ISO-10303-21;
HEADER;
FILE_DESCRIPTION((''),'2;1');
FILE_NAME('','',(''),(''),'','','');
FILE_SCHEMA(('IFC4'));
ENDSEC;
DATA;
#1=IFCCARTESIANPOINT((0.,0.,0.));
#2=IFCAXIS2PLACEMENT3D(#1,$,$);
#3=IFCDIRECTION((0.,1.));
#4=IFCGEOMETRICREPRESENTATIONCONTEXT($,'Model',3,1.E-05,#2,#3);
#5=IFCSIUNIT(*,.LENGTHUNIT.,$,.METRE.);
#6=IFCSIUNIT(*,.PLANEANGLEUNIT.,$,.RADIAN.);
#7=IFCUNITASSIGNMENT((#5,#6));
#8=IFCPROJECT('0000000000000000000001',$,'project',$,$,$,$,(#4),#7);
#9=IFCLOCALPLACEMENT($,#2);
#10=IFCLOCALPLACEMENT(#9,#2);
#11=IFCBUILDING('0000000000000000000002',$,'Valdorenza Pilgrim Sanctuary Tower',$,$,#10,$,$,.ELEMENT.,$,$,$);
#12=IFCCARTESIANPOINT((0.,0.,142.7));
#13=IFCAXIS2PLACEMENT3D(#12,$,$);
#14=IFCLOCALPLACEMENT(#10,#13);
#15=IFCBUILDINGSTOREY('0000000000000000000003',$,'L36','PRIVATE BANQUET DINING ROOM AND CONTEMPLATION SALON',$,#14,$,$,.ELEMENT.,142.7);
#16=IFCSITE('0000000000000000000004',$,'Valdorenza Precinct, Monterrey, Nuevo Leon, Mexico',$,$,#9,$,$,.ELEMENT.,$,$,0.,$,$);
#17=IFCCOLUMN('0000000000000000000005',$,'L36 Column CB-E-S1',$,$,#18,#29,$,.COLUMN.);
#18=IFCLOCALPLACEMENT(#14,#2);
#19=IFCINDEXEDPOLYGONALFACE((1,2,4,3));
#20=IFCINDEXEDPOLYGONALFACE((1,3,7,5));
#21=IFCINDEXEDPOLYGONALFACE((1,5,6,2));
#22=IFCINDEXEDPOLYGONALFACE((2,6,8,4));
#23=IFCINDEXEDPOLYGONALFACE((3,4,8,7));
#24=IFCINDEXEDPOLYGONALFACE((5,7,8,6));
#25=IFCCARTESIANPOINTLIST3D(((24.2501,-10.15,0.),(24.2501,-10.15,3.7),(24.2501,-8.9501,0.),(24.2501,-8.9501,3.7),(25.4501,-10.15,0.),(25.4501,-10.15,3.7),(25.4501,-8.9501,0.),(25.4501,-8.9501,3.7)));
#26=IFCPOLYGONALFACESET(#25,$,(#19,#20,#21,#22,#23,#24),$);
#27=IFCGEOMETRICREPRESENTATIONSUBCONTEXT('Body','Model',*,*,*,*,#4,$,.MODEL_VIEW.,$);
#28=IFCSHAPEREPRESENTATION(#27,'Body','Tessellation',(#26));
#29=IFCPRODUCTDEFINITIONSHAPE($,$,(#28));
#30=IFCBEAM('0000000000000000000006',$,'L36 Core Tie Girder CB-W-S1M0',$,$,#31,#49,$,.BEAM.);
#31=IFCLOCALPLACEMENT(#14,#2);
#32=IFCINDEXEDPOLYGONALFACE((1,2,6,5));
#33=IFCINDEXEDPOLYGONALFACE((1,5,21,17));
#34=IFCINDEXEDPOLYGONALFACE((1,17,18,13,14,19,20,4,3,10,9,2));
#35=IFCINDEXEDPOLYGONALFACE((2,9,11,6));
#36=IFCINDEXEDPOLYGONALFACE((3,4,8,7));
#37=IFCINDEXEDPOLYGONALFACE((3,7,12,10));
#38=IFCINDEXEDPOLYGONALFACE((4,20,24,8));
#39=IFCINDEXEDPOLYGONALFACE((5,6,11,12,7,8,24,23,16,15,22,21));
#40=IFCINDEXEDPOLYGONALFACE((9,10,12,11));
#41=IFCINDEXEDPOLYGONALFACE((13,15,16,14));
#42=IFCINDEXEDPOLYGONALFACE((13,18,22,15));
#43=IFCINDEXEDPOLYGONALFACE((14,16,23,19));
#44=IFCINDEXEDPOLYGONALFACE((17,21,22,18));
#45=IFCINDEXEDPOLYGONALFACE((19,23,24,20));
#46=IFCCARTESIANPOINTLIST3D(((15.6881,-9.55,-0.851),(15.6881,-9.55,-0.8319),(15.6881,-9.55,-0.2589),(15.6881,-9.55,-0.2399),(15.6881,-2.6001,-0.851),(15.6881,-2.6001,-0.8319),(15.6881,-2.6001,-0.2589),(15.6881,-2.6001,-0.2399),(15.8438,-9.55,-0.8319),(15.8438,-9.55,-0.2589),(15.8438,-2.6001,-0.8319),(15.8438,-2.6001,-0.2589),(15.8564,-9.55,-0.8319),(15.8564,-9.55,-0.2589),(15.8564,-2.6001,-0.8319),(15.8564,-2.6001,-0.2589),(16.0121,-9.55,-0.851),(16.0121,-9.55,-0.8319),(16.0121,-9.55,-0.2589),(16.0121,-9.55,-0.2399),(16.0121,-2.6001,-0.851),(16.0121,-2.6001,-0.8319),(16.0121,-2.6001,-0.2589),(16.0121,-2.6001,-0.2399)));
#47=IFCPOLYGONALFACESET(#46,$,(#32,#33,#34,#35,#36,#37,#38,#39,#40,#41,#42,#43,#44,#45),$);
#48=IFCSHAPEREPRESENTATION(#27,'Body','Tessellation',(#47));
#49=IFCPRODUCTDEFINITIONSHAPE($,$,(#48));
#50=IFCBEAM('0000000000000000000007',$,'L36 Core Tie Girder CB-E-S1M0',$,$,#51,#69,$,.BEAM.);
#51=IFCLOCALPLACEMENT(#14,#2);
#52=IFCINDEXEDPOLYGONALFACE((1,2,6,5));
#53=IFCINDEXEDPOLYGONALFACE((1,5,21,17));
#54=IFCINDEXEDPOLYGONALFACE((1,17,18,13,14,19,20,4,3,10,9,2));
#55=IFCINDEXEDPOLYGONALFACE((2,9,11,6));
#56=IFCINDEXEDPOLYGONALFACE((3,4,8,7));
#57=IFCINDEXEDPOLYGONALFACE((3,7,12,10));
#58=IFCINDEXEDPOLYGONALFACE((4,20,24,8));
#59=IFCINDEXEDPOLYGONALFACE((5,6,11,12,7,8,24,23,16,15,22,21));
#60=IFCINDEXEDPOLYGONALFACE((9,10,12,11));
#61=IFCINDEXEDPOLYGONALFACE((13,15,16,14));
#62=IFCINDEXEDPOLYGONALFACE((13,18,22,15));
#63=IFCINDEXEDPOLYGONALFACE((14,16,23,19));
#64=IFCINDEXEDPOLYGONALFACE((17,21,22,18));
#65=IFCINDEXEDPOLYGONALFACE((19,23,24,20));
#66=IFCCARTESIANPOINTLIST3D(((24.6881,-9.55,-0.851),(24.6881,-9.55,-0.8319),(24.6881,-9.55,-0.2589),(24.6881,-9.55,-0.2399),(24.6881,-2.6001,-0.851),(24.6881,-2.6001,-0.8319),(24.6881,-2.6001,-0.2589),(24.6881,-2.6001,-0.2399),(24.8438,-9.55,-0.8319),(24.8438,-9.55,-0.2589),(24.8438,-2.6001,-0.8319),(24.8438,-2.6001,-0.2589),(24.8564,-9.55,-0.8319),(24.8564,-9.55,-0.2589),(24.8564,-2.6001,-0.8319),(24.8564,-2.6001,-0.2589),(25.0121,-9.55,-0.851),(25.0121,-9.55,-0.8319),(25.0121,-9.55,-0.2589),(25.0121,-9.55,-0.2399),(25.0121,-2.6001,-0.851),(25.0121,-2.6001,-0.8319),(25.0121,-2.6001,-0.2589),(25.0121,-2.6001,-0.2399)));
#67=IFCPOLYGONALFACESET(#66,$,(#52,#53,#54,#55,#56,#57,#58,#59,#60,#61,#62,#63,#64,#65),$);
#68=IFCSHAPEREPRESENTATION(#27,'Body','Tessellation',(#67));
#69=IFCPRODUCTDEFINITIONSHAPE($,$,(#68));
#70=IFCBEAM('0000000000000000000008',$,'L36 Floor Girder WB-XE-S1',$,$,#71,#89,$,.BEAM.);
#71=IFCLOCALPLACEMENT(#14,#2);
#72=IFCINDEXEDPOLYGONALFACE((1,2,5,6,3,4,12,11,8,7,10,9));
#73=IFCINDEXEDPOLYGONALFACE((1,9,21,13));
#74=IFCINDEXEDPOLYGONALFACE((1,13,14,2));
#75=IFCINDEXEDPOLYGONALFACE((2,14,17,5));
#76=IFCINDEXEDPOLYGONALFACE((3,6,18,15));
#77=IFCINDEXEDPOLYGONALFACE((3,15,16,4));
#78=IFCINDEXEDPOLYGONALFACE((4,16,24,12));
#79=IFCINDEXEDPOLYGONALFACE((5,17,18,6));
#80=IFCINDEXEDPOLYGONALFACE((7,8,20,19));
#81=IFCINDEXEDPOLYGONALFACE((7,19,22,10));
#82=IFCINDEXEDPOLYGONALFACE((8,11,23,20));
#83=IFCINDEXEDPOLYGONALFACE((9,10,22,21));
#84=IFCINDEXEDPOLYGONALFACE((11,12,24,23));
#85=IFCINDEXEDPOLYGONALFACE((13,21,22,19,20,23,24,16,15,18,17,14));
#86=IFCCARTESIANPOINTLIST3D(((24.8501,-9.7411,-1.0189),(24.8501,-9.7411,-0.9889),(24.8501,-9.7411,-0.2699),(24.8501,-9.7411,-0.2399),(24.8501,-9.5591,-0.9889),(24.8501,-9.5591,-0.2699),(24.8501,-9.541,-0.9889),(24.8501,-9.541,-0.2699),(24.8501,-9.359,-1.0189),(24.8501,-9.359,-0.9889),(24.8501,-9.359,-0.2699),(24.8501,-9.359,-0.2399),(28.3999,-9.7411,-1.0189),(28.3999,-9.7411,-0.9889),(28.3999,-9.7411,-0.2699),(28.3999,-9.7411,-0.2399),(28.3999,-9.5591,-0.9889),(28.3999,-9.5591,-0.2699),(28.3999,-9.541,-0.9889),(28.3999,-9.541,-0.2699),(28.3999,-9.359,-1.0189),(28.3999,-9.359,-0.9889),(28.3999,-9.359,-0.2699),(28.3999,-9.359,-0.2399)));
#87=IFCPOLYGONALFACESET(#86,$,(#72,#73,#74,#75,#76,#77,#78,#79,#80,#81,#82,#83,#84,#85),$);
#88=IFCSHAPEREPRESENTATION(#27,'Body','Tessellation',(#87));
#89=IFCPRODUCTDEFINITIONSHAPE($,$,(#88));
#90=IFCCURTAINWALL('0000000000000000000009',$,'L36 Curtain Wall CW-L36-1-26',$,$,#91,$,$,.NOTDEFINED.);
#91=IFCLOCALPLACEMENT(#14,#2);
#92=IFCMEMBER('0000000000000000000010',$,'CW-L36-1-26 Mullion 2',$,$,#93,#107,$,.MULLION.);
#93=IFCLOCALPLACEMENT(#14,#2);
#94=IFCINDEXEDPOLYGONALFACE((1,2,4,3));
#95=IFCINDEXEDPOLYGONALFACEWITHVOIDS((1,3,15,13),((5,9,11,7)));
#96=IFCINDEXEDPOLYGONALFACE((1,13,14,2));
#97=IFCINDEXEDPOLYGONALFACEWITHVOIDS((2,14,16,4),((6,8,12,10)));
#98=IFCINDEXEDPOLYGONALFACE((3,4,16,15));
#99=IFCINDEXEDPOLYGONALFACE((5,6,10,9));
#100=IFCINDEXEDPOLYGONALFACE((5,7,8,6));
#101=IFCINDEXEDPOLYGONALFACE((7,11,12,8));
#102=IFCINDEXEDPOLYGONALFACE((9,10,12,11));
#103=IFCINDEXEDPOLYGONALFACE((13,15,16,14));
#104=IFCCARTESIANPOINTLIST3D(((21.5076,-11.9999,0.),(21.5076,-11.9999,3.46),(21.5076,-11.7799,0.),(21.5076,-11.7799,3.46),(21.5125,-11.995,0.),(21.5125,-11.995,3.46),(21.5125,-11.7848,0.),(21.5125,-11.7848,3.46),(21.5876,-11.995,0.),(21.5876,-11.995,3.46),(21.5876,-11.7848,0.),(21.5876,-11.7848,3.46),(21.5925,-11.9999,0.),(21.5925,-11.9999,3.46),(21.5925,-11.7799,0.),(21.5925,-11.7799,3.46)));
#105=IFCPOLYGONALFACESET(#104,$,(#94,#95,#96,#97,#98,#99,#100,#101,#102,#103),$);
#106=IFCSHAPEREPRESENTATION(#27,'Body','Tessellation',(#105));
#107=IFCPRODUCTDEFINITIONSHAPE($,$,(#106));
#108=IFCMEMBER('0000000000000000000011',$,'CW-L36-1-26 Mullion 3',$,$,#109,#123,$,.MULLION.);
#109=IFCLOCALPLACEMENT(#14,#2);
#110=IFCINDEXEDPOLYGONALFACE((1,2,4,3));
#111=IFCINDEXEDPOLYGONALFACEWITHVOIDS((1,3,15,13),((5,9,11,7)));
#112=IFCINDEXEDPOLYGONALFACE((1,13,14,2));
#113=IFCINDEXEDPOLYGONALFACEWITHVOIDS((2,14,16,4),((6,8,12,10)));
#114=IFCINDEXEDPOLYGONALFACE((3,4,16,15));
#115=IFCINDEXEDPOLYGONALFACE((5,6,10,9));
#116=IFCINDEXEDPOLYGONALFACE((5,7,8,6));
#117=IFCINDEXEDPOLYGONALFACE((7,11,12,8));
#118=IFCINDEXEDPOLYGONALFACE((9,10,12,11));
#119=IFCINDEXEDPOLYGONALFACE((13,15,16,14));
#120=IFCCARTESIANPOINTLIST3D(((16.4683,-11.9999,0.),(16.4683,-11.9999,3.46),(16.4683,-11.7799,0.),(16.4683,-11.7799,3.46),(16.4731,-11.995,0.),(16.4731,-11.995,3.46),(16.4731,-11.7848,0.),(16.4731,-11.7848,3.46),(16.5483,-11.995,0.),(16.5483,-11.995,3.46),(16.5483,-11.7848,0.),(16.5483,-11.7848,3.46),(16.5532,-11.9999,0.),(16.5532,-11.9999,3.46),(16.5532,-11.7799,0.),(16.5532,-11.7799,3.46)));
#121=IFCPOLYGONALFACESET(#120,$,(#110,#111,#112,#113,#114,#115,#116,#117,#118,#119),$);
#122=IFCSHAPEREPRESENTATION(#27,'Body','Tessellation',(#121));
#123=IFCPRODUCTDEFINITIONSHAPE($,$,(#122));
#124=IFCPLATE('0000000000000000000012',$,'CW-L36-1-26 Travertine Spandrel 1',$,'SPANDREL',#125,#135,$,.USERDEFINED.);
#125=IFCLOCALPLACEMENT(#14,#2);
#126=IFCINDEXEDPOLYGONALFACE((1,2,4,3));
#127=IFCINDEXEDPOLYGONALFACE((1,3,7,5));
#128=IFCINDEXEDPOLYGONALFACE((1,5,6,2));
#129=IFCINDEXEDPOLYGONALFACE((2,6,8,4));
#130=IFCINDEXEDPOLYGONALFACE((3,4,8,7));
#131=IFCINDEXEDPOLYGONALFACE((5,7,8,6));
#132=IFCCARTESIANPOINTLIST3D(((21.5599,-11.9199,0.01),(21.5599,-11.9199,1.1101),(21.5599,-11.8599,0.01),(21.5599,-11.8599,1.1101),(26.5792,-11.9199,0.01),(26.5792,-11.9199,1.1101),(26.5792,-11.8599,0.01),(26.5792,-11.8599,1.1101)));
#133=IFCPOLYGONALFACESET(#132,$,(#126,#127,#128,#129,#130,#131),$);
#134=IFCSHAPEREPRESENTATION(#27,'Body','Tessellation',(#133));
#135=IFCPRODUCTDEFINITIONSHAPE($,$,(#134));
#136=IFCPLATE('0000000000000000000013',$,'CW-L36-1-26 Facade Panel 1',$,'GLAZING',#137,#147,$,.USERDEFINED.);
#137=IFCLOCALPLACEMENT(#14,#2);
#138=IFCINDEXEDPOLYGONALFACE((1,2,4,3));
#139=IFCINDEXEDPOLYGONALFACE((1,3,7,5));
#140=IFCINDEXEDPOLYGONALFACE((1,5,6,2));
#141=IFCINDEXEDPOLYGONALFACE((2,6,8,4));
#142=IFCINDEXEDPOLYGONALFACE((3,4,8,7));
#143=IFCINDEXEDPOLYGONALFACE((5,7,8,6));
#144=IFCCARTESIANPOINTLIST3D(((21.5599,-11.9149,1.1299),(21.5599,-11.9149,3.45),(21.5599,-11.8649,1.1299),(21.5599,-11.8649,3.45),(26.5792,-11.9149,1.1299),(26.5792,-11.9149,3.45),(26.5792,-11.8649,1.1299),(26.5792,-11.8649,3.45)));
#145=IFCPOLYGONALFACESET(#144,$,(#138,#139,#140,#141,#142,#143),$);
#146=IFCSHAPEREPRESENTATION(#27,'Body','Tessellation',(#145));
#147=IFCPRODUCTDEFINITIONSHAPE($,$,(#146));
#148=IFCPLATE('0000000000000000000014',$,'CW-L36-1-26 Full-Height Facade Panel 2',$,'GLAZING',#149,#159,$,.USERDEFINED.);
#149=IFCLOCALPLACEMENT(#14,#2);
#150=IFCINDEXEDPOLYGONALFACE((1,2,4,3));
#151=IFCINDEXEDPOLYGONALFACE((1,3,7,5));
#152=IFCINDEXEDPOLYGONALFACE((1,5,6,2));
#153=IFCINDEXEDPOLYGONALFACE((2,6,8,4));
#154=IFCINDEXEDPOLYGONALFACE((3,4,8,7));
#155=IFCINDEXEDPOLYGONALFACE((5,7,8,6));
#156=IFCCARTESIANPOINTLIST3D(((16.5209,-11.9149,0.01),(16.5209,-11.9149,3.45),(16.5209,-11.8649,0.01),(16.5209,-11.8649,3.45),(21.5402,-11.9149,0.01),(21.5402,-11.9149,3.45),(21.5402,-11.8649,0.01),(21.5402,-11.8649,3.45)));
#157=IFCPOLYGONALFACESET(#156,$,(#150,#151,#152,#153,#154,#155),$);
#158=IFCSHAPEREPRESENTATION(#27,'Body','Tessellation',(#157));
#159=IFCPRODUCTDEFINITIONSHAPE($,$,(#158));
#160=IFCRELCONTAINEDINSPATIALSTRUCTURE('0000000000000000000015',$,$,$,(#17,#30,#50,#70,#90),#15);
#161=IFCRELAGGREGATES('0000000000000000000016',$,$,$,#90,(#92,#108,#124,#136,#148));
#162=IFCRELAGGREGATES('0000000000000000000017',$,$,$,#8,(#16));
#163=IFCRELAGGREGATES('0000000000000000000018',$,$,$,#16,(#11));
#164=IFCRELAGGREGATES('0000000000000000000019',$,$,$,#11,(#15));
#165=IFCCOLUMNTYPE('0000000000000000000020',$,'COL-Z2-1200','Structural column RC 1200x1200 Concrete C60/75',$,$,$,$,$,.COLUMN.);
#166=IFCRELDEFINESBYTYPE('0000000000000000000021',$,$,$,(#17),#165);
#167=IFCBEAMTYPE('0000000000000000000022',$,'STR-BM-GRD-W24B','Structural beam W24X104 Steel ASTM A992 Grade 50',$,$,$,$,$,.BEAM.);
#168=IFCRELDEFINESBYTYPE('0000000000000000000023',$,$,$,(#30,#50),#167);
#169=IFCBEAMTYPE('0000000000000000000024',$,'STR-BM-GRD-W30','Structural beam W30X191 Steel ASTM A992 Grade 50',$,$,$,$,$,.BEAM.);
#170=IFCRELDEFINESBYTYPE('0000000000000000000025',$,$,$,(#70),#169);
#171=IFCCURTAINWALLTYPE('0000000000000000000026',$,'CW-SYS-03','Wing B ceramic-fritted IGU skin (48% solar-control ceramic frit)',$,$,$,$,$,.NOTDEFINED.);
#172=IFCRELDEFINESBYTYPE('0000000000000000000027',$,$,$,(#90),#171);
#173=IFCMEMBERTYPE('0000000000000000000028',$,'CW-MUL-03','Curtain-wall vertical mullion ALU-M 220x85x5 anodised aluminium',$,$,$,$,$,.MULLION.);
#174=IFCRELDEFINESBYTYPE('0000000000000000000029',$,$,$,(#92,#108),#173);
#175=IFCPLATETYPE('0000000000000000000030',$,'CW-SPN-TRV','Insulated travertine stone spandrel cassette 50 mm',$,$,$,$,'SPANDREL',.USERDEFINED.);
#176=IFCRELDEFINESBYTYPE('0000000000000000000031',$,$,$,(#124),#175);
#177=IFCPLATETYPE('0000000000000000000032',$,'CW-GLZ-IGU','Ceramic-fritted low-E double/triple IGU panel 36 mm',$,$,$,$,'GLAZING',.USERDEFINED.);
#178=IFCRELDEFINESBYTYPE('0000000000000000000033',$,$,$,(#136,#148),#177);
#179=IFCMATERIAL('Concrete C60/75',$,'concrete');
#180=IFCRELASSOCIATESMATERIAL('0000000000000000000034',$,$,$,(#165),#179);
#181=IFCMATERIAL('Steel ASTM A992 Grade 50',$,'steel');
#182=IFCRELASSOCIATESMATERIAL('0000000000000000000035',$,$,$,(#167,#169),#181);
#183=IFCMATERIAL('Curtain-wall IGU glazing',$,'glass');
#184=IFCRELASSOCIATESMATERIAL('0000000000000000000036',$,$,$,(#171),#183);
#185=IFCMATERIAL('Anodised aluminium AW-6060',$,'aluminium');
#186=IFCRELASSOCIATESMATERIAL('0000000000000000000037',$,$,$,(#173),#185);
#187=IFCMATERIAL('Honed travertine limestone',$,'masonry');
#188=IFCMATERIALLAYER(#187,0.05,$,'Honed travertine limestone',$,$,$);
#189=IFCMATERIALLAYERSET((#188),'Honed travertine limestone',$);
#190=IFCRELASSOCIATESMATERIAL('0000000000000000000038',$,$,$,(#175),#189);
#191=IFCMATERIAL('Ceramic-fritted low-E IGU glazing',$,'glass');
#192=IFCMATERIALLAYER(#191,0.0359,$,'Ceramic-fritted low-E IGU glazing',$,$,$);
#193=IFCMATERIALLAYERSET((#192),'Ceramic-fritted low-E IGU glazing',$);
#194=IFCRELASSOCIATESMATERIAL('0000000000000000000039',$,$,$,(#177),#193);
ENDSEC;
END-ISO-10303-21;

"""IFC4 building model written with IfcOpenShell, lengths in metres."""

from ifc_helpers import new_model, si_unit, direction, frame, origin, origin_2d, place, context, subcontext, project, spatial, rectangle, hollow_rectangle, i_section, extrude, source, transform, mapped, material, layer, layer_set, material_profile, profile_set, type_object, element, aggregate, save


model = new_model("IFC4")

# Units and contexts
model_context = context("Model", 3, precision=1e-05, world=origin(), true_north=direction((0.0, 1.0)))
body_context = subcontext(model_context, "Body", "Model", "MODEL_VIEW")
ifc_project = project(units=[si_unit("LENGTHUNIT", "METRE"), si_unit("PLANEANGLEUNIT", "RADIAN")], contexts=[model_context])

# Site, building, storey
site_placement = place(None, origin())
site = spatial("IfcSite", under=ifc_project, at=site_placement, Name="Valdorenza Precinct, Monterrey, Nuevo Leon, Mexico", CompositionType="ELEMENT", RefElevation=0.0)
building_placement = place(site_placement, origin())
building = spatial("IfcBuilding", under=site, at=building_placement, Name="Valdorenza Pilgrim Sanctuary Tower", CompositionType="ELEMENT")
storey_placement = place(building_placement, frame((0.0, 0.0, 142.7)))
storey = spatial("IfcBuildingStorey", under=building, at=storey_placement, Name="L36", Description="PRIVATE BANQUET DINING ROOM AND CONTEMPLATION SALON", CompositionType="ELEMENT", Elevation=142.7)

# Column
ifc_material_1 = material(Name="Concrete C60/75", Category="concrete")
ifc_material_profile_1 = material_profile(ifc_material_1, rectangle(XDim=1.2, YDim=1.2, at=origin_2d()), Name="RC 1200x1200")
ifc_profile_set_1 = profile_set([ifc_material_profile_1], Name="Concrete C60/75")
column_type = type_object("IfcColumnType", Name="COL-Z2-1200", Description="Structural column RC 1200x1200 Concrete C60/75", PredefinedType="COLUMN", material=ifc_profile_set_1)
shared_shape_1 = source(origin(), body_context, "Body", "SweptSolid", [
    extrude(rectangle(XDim=1.2, YDim=1.2, at=origin_2d()), origin(), (0.0, 0.0, 1.0), 3.7),
])
column_placement = place(storey_placement, frame((24.8501, -9.55, 0.0), z_axis=(0.0, 0.0, 1.0), x_axis=(1.0, 0.0, 0.0)))
element("IfcColumn", 1, at=column_placement, inside=storey, type_object=column_type, Name="L36 Column CB-E-S1", PredefinedType="COLUMN", context=body_context, shape_type="MappedRepresentation", body=[
    mapped(shared_shape_1, transform((0.0, 0.0, 0.0), x_axis=(1.0, 0.0, 0.0), y_axis=(0.0, 1.0, 0.0), z_axis=(0.0, 0.0, 1.0), scale=1.0)),
])

# Beams
ifc_material_2 = material(Name="Steel ASTM A992 Grade 50", Category="steel")
ifc_material_profile_2 = material_profile(ifc_material_2, i_section(OverallWidth=0.324, OverallDepth=0.6111, WebThickness=0.0127, FlangeThickness=0.019, at=origin_2d()), Name="W24X104")
ifc_profile_set_2 = profile_set([ifc_material_profile_2], Name="Steel ASTM A992 Grade 50")
beam_type_1 = type_object("IfcBeamType", Name="STR-BM-GRD-W24B", Description="Structural beam W24X104 Steel ASTM A992 Grade 50", PredefinedType="BEAM", material=ifc_profile_set_2)
shared_shape_2 = source(origin(), body_context, "Body", "SweptSolid", [
    extrude(i_section(OverallWidth=0.324, OverallDepth=0.6111, WebThickness=0.0127, FlangeThickness=0.019, at=origin_2d()), origin(), (0.0, 0.0, 1.0), 6.95),
])
for number, where, z_axis, x_axis, name in (
    (2, (15.8501, -9.55, -0.5454), (0.0, 1.0, 0.0), (-1.0, 0.0, 0.0), "L36 Core Tie Girder CB-W-S1M0"),
    (3, (24.8501, -9.55, -0.5454), (0.0, 1.0, 0.0), (-1.0, 0.0, 0.0), "L36 Core Tie Girder CB-E-S1M0"),
):
    element("IfcBeam", number, at=place(storey_placement, frame(where, z_axis=z_axis, x_axis=x_axis)), inside=storey, type_object=beam_type_1, Name=name, PredefinedType="BEAM", context=body_context, shape_type="MappedRepresentation", body=[
        mapped(shared_shape_2, transform((0.0, 0.0, 0.0), x_axis=(1.0, 0.0, 0.0), y_axis=(0.0, 1.0, 0.0), z_axis=(0.0, 0.0, 1.0), scale=1.0)),
    ])
ifc_material_profile_3 = material_profile(ifc_material_2, i_section(OverallWidth=0.3821, OverallDepth=0.7791, WebThickness=0.0181, FlangeThickness=0.03, at=origin_2d()), Name="W30X191")
ifc_profile_set_3 = profile_set([ifc_material_profile_3], Name="Steel ASTM A992 Grade 50")
beam_type_2 = type_object("IfcBeamType", Name="STR-BM-GRD-W30", Description="Structural beam W30X191 Steel ASTM A992 Grade 50", PredefinedType="BEAM", material=ifc_profile_set_3)
shared_shape_3 = source(origin(), body_context, "Body", "SweptSolid", [
    extrude(i_section(OverallWidth=0.3821, OverallDepth=0.7791, WebThickness=0.0181, FlangeThickness=0.03, at=origin_2d()), origin(), (0.0, 0.0, 1.0), 3.5498),
])
beam_placement = place(storey_placement, frame((24.8501, -9.55, -0.6294), z_axis=(1.0, 0.0, 0.0), x_axis=(0.0, 1.0, 0.0)))
element("IfcBeam", 4, at=beam_placement, inside=storey, type_object=beam_type_2, Name="L36 Floor Girder WB-XE-S1", PredefinedType="BEAM", context=body_context, shape_type="MappedRepresentation", body=[
    mapped(shared_shape_3, transform((0.0, 0.0, 0.0), x_axis=(1.0, 0.0, 0.0), y_axis=(0.0, 1.0, 0.0), z_axis=(0.0, 0.0, 1.0), scale=1.0)),
])

# Curtain wall, members, plates
ifc_material_3 = material(Name="Curtain-wall IGU glazing", Category="glass")
curtain_wall_type = type_object("IfcCurtainWallType", Name="CW-SYS-03", Description="Wing B ceramic-fritted IGU skin (48% solar-control ceramic frit)", PredefinedType="NOTDEFINED", material=ifc_material_3)
curtain_wall_placement = place(storey_placement, origin())
curtain_wall = element("IfcCurtainWall", 5, at=curtain_wall_placement, inside=storey, type_object=curtain_wall_type, Name="L36 Curtain Wall CW-L36-1-26", PredefinedType="NOTDEFINED")
ifc_material_4 = material(Name="Anodised aluminium AW-6060", Category="aluminium")
ifc_material_profile_4 = material_profile(ifc_material_4, hollow_rectangle(XDim=0.085, YDim=0.22, WallThickness=0.0049, at=origin_2d()), Name="ALU-M 220x85x5")
ifc_profile_set_4 = profile_set([ifc_material_profile_4], Name="Anodised aluminium AW-6060")
member_type = type_object("IfcMemberType", Name="CW-MUL-03", Description="Curtain-wall vertical mullion ALU-M 220x85x5 anodised aluminium", PredefinedType="MULLION", material=ifc_profile_set_4)
shared_shape_4 = source(origin(), body_context, "Body", "SweptSolid", [
    extrude(hollow_rectangle(XDim=0.085, YDim=0.22, WallThickness=0.0049, at=origin_2d()), origin(), (0.0, 0.0, 1.0), 3.46),
])
member_1_placement = place(storey_placement, frame((21.55, -11.8899, 0.0), z_axis=(0.0, 0.0, 1.0), x_axis=(-1.0, 0.0, 0.0)))
member_1 = element("IfcMember", 6, at=member_1_placement, type_object=member_type, Name="CW-L36-1-26 Mullion 2", PredefinedType="MULLION", context=body_context, shape_type="MappedRepresentation", body=[
    mapped(shared_shape_4, transform((0.0, 0.0, 0.0), x_axis=(1.0, 0.0, 0.0), y_axis=(0.0, 1.0, 0.0), z_axis=(0.0, 0.0, 1.0), scale=1.0)),
])
member_2_placement = place(storey_placement, frame((16.5107, -11.8899, 0.0), z_axis=(0.0, 0.0, 1.0), x_axis=(-1.0, 0.0, 0.0)))
member_2 = element("IfcMember", 7, at=member_2_placement, type_object=member_type, Name="CW-L36-1-26 Mullion 3", PredefinedType="MULLION", context=body_context, shape_type="MappedRepresentation", body=[
    mapped(shared_shape_4, transform((0.0, 0.0, 0.0), x_axis=(1.0, 0.0, 0.0), y_axis=(0.0, 1.0, 0.0), z_axis=(0.0, 0.0, 1.0), scale=1.0)),
])
ifc_material_5 = material(Name="Honed travertine limestone", Category="masonry")
ifc_layer_1 = layer(ifc_material_5, 0.05, Name="Honed travertine limestone")
ifc_layer_set_1 = layer_set([ifc_layer_1], Name="Honed travertine limestone")
plate_type_1 = type_object("IfcPlateType", Name="CW-SPN-TRV", Description="Insulated travertine stone spandrel cassette 50 mm", ElementType="SPANDREL", PredefinedType="USERDEFINED", material=ifc_layer_set_1)
shared_shape_5 = source(origin(), body_context, "Body", "SweptSolid", [
    extrude(rectangle(XDim=5.0193, YDim=0.0601, at=origin_2d()), origin(), (0.0, 0.0, 1.0), 1.1001),
])
plate_1_placement = place(storey_placement, frame((24.0696, -11.8899, 0.01), z_axis=(0.0, 0.0, 1.0), x_axis=(-1.0, 0.0, 0.0)))
plate_1 = element("IfcPlate", 8, at=plate_1_placement, type_object=plate_type_1, Name="CW-L36-1-26 Travertine Spandrel 1", ObjectType="SPANDREL", PredefinedType="USERDEFINED", context=body_context, shape_type="MappedRepresentation", body=[
    mapped(shared_shape_5, transform((0.0, 0.0, 0.0), x_axis=(1.0, 0.0, 0.0), y_axis=(0.0, 1.0, 0.0), z_axis=(0.0, 0.0, 1.0), scale=1.0)),
])
ifc_material_6 = material(Name="Ceramic-fritted low-E IGU glazing", Category="glass")
ifc_layer_2 = layer(ifc_material_6, 0.0359, Name="Ceramic-fritted low-E IGU glazing")
ifc_layer_set_2 = layer_set([ifc_layer_2], Name="Ceramic-fritted low-E IGU glazing")
plate_type_2 = type_object("IfcPlateType", Name="CW-GLZ-IGU", Description="Ceramic-fritted low-E double/triple IGU panel 36 mm", ElementType="GLAZING", PredefinedType="USERDEFINED", material=ifc_layer_set_2)
shared_shape_6 = source(origin(), body_context, "Body", "SweptSolid", [
    extrude(rectangle(XDim=5.0193, YDim=0.05, at=origin_2d()), origin(), (0.0, 0.0, 1.0), 2.3201),
])
plate_2_placement = place(storey_placement, frame((24.0696, -11.8899, 1.1299), z_axis=(0.0, 0.0, 1.0), x_axis=(-1.0, 0.0, 0.0)))
plate_2 = element("IfcPlate", 9, at=plate_2_placement, type_object=plate_type_2, Name="CW-L36-1-26 Facade Panel 1", ObjectType="GLAZING", PredefinedType="USERDEFINED", context=body_context, shape_type="MappedRepresentation", body=[
    mapped(shared_shape_6, transform((0.0, 0.0, 0.0), x_axis=(1.0, 0.0, 0.0), y_axis=(0.0, 1.0, 0.0), z_axis=(0.0, 0.0, 1.0), scale=1.0)),
])
shared_shape_7 = source(origin(), body_context, "Body", "SweptSolid", [
    extrude(rectangle(XDim=5.0193, YDim=0.05, at=origin_2d()), origin(), (0.0, 0.0, 1.0), 3.4399),
])
plate_3_placement = place(storey_placement, frame((19.0305, -11.8899, 0.01), z_axis=(0.0, 0.0, 1.0), x_axis=(-1.0, 0.0, 0.0)))
plate_3 = element("IfcPlate", 10, at=plate_3_placement, type_object=plate_type_2, Name="CW-L36-1-26 Full-Height Facade Panel 2", ObjectType="GLAZING", PredefinedType="USERDEFINED", context=body_context, shape_type="MappedRepresentation", body=[
    mapped(shared_shape_7, transform((0.0, 0.0, 0.0), x_axis=(1.0, 0.0, 0.0), y_axis=(0.0, 1.0, 0.0), z_axis=(0.0, 0.0, 1.0), scale=1.0)),
])
aggregate(curtain_wall, [member_1, member_2, plate_1, plate_2, plate_3])

save(model, "model.ifc")
